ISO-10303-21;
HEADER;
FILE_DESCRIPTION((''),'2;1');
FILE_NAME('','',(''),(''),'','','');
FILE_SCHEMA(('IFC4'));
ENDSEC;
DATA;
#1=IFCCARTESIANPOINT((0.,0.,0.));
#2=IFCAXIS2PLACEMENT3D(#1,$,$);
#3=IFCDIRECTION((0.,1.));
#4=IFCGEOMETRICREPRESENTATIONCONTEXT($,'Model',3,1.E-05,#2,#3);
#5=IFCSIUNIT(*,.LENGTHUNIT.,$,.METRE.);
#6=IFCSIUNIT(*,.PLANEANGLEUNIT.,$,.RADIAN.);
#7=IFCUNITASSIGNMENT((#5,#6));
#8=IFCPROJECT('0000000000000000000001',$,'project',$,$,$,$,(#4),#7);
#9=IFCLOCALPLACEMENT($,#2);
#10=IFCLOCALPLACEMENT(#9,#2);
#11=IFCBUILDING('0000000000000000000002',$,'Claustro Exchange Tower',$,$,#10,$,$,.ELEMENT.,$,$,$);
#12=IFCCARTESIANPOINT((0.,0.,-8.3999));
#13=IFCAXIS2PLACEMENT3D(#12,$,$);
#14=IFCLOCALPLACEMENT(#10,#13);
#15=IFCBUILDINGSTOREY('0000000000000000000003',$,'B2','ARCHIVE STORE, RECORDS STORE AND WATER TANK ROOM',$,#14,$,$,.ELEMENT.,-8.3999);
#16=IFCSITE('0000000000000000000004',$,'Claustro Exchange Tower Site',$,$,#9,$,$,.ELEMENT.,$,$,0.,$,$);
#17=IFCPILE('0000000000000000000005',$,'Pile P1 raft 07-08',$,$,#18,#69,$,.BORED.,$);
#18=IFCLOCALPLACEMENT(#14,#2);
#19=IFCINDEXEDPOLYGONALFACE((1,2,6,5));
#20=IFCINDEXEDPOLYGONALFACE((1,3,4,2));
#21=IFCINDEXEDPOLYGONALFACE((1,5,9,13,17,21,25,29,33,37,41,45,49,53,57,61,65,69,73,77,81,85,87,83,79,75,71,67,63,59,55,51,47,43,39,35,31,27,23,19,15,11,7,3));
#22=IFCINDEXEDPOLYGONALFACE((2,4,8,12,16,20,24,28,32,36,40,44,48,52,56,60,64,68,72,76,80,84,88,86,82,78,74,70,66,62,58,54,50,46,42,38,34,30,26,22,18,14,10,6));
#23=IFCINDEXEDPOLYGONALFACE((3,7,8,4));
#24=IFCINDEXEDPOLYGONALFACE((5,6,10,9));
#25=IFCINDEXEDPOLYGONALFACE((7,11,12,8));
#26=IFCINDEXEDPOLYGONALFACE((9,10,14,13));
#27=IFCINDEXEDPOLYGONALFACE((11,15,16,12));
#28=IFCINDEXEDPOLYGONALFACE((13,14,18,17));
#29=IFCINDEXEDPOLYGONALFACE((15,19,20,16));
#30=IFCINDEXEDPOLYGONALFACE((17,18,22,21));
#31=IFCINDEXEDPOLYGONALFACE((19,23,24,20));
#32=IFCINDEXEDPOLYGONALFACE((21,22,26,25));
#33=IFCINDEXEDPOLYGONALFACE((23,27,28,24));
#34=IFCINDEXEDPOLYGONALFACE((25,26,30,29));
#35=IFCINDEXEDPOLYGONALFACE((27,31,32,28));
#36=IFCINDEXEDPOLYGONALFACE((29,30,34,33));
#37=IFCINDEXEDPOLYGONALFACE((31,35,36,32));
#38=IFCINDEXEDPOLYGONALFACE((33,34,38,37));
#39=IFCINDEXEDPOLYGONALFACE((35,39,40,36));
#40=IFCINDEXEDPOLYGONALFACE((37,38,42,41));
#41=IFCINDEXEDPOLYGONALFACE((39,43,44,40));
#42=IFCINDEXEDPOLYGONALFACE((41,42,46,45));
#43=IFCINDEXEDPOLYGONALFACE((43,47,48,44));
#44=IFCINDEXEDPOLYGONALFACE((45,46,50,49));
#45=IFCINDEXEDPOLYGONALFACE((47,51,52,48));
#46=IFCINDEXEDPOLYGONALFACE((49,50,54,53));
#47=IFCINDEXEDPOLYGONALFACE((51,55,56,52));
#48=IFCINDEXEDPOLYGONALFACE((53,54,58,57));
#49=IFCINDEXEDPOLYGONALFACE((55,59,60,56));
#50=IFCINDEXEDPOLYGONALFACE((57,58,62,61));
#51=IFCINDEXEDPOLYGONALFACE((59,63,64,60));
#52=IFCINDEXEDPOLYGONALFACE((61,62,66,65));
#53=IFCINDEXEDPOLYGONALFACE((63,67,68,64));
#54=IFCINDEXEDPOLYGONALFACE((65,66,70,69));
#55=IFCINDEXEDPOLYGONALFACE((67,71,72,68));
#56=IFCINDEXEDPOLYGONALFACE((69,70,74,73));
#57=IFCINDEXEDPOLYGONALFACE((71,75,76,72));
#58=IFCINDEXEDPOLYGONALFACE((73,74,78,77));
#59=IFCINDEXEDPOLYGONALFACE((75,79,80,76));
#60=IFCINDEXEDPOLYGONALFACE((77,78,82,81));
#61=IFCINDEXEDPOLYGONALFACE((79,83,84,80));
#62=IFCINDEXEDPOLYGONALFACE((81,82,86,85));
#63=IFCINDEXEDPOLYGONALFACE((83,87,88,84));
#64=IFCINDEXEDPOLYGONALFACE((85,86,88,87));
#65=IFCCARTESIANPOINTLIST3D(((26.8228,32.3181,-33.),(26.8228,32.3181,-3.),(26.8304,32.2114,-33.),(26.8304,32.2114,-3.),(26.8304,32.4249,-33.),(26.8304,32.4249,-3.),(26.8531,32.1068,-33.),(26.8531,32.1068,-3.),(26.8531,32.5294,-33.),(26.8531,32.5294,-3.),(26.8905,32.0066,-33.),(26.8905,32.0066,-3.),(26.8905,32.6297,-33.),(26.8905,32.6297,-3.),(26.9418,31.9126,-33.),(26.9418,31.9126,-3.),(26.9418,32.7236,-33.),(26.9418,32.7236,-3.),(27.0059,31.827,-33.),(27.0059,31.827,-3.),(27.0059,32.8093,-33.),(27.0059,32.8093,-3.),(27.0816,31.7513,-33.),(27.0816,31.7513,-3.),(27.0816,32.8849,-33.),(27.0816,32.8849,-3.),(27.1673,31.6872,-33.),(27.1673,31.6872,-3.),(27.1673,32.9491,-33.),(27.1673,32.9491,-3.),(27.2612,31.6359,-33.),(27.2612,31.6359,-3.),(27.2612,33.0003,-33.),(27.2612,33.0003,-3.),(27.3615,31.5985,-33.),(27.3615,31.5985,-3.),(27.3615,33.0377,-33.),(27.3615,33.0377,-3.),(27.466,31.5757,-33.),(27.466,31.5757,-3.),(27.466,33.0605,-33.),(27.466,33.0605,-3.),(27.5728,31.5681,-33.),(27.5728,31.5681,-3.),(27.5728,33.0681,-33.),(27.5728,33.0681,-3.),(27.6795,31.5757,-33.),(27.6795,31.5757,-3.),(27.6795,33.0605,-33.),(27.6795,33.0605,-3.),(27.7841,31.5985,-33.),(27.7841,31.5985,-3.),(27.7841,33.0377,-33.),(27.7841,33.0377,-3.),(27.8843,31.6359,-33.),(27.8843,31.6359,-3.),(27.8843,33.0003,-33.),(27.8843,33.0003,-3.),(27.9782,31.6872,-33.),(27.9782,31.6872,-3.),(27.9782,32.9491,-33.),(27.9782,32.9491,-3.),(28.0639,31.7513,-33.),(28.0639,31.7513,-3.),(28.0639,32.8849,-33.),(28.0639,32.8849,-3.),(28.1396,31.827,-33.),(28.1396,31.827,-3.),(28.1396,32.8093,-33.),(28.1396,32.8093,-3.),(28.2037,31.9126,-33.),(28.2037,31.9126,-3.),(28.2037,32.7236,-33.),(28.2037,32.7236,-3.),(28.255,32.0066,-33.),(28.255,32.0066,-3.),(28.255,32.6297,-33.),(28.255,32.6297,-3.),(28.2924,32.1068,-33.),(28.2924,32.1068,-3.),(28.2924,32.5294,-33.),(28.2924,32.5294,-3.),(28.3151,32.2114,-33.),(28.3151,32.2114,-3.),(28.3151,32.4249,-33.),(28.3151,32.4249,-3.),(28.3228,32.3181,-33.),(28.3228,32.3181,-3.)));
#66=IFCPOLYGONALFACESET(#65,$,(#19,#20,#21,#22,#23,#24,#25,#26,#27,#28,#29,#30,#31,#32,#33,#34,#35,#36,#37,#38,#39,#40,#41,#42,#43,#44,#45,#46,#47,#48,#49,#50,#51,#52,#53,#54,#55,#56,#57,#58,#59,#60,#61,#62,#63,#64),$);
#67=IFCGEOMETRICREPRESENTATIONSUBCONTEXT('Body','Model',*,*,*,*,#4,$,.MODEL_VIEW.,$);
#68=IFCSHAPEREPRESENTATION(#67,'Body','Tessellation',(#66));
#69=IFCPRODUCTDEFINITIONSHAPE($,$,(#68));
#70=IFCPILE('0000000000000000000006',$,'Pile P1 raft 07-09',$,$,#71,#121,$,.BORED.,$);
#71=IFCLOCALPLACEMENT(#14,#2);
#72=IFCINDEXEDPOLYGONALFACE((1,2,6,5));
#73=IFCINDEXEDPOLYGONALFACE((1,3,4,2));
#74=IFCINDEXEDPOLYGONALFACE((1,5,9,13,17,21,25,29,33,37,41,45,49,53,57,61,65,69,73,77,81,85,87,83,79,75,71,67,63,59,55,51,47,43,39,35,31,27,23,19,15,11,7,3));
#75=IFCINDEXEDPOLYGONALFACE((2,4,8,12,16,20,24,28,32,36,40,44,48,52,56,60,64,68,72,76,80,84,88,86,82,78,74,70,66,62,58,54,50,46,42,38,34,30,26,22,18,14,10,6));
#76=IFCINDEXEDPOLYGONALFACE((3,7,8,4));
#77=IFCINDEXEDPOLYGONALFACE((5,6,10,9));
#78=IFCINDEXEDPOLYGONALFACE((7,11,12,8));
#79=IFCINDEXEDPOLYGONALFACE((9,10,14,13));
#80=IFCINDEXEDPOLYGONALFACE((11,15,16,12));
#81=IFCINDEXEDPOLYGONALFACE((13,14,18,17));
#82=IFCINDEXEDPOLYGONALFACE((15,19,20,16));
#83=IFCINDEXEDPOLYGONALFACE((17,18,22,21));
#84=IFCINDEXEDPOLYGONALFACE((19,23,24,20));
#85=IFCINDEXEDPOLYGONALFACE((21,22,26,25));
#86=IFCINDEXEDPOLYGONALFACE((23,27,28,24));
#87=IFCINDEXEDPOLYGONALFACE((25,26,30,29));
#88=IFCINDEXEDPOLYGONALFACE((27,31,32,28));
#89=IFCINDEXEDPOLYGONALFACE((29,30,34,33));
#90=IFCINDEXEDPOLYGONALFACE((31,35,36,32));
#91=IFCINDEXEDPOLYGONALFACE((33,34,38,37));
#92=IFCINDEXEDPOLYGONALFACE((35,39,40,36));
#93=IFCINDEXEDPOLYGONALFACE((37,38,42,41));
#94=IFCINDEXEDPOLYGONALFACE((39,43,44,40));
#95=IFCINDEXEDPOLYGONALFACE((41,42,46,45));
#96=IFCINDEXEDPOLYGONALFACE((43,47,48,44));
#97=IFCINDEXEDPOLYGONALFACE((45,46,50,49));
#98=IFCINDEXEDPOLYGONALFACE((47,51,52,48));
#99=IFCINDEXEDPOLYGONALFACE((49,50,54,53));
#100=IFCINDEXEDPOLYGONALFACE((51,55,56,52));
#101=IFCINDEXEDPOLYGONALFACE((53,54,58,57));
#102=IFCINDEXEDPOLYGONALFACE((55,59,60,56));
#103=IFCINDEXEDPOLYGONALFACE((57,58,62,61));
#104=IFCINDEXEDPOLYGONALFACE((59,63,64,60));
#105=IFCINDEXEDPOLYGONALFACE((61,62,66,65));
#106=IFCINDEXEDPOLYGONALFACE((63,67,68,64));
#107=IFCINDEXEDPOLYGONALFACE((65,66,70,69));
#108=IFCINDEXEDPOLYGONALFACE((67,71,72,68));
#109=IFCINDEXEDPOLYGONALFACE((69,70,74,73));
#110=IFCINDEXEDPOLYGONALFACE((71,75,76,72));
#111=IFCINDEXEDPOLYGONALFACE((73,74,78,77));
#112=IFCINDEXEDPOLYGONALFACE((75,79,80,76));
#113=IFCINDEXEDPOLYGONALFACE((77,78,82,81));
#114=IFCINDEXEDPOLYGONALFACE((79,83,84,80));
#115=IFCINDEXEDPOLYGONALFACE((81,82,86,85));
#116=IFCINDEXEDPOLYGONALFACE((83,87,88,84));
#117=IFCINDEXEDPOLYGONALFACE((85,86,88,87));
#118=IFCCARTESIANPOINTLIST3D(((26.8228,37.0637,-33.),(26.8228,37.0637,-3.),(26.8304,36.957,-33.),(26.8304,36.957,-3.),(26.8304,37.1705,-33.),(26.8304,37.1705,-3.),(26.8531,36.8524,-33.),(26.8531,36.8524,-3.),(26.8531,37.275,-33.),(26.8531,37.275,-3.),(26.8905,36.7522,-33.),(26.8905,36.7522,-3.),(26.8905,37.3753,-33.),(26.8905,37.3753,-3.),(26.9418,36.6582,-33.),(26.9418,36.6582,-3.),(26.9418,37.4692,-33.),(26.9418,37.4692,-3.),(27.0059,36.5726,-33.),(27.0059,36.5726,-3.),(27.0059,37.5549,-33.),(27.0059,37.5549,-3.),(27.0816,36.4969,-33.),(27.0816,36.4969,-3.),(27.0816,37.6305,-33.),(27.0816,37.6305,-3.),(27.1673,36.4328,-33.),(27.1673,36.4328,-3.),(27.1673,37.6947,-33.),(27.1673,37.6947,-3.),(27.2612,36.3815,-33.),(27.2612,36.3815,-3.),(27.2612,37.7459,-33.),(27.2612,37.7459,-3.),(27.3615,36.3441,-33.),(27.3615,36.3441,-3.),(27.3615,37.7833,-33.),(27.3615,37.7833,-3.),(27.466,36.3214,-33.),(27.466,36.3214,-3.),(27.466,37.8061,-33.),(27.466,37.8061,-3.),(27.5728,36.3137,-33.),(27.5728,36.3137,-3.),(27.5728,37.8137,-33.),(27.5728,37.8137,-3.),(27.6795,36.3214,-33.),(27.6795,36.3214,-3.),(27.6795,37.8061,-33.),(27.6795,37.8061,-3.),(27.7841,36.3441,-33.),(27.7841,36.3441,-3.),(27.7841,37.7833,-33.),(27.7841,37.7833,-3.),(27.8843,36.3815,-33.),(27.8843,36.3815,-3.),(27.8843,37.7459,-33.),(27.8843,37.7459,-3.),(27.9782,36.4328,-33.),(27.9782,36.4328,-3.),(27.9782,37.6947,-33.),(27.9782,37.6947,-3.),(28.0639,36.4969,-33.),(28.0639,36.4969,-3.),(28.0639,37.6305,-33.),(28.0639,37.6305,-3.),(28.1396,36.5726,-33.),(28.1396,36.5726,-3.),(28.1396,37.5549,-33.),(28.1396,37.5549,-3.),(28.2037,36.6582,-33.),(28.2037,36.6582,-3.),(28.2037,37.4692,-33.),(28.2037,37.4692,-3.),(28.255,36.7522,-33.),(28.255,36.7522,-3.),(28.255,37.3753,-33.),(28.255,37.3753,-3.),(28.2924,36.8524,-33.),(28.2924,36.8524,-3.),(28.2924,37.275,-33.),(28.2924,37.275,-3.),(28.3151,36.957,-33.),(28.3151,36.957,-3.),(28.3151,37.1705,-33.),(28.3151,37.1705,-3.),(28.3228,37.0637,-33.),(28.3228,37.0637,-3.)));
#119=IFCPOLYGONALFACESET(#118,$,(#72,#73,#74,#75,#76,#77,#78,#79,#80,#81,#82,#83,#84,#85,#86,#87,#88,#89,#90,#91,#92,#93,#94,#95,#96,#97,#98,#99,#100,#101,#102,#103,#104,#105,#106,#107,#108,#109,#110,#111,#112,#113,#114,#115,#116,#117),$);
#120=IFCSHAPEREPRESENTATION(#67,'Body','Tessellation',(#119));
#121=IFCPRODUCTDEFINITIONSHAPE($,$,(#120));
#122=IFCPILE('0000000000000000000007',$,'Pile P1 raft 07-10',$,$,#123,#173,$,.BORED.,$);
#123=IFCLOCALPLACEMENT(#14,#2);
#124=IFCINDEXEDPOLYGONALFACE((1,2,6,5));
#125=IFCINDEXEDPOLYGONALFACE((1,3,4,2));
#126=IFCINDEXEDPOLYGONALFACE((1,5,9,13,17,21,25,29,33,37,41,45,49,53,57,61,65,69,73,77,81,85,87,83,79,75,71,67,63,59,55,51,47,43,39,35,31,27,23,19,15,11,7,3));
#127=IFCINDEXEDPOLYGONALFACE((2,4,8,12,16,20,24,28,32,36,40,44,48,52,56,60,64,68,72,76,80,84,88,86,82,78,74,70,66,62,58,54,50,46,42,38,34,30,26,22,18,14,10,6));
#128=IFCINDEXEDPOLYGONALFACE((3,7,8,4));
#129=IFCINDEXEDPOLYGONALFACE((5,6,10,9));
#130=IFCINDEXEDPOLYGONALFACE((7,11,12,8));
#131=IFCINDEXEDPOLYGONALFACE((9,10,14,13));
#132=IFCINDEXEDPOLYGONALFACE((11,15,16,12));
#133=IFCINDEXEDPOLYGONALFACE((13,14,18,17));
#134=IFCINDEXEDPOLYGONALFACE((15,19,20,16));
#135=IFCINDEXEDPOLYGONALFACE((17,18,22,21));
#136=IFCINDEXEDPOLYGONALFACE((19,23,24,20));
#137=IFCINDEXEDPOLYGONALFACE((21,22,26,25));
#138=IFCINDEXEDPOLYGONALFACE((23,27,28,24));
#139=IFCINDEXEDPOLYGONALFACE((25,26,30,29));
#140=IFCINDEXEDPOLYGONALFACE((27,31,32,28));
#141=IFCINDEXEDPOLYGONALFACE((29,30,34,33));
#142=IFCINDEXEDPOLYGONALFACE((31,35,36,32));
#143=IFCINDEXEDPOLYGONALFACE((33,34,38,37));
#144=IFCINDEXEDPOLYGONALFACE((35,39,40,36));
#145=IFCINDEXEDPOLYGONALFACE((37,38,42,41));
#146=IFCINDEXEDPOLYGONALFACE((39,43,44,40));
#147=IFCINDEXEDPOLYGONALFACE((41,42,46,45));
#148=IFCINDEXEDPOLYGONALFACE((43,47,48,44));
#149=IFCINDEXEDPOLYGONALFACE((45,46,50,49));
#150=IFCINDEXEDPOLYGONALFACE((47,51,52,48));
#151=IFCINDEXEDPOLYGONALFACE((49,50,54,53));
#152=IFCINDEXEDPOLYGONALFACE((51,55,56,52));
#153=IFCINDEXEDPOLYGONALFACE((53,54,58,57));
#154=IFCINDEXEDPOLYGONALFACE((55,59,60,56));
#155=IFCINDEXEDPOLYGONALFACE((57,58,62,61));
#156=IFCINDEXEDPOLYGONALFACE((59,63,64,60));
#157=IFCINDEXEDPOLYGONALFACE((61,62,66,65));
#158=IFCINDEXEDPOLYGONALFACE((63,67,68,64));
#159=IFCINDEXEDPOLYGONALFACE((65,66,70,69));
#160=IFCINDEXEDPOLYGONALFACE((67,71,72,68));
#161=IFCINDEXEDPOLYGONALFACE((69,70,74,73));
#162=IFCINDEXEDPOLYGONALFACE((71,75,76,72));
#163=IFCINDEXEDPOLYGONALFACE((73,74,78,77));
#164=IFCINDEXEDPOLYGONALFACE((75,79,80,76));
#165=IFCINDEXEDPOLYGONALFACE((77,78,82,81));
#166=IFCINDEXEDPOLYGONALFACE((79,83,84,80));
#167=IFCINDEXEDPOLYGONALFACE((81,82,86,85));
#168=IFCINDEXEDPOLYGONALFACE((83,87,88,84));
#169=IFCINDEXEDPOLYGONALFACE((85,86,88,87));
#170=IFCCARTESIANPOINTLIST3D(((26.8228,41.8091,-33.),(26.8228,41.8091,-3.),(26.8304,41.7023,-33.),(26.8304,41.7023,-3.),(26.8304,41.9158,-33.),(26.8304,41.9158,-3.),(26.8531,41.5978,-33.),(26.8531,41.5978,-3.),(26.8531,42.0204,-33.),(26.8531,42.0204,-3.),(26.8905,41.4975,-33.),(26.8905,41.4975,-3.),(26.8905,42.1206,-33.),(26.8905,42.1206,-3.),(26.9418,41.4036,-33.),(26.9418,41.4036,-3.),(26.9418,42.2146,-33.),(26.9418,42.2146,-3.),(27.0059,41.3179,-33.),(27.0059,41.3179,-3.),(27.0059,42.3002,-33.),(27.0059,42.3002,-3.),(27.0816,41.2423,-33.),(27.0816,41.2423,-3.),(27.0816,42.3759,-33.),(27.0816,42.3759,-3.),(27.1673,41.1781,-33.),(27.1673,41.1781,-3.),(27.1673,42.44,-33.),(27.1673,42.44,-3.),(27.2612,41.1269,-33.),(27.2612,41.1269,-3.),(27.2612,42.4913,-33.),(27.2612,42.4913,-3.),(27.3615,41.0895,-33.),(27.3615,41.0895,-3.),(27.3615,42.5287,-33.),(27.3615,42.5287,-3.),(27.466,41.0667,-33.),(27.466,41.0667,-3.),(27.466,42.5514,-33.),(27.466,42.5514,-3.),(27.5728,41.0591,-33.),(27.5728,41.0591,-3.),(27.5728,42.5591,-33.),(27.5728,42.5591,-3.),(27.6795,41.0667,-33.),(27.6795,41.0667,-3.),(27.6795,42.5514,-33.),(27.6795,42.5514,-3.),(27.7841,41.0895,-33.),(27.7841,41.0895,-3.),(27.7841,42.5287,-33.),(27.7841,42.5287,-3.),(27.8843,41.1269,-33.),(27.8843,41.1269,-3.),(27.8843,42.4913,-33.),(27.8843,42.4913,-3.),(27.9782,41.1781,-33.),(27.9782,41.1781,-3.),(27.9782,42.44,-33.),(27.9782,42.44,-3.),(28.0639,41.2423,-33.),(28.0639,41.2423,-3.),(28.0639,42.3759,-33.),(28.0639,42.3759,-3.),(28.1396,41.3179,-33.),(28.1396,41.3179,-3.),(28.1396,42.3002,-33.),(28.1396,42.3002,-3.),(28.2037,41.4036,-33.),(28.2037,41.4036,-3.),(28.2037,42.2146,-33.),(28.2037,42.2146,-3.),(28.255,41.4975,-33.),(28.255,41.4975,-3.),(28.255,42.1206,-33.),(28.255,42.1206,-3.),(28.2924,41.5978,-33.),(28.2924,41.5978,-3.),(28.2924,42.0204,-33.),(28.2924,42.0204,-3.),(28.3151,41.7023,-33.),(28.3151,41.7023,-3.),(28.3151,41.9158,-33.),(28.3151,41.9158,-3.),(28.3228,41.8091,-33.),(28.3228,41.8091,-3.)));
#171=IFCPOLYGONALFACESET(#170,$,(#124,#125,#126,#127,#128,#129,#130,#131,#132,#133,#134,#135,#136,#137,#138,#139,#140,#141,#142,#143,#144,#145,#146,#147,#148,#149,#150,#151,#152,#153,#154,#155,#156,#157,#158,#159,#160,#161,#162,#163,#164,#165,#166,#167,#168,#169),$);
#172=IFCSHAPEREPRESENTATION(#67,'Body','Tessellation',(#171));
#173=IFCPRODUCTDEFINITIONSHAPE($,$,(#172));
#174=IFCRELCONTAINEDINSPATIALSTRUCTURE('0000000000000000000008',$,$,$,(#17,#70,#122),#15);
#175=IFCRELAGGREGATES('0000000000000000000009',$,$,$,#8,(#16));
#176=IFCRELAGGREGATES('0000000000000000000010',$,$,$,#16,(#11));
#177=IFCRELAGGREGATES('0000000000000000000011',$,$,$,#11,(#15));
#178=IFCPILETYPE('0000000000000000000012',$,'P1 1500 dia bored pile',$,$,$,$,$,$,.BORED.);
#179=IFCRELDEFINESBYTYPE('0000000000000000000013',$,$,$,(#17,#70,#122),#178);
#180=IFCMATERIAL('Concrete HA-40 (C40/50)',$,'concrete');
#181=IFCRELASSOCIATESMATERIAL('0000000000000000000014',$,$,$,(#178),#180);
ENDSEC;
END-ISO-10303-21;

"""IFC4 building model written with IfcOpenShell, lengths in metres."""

from ifc_helpers import new_model, si_unit, direction, frame, origin, origin_2d, place, context, subcontext, project, spatial, circle, extrude, material, type_object, element, save


model = new_model("IFC4")

# Units and contexts
model_context = context("Model", 3, precision=1e-05, world=origin(), true_north=direction((0.0, 1.0)))
body_context = subcontext(model_context, "Body", "Model", "MODEL_VIEW")
ifc_project = project(units=[si_unit("LENGTHUNIT", "METRE"), si_unit("PLANEANGLEUNIT", "RADIAN")], contexts=[model_context])

# Site, building, storey
site_placement = place(None, origin())
site = spatial("IfcSite", under=ifc_project, at=site_placement, Name="Claustro Exchange Tower Site", CompositionType="ELEMENT", RefElevation=0.0)
building_placement = place(site_placement, origin())
building = spatial("IfcBuilding", under=site, at=building_placement, Name="Claustro Exchange Tower", CompositionType="ELEMENT")
storey_placement = place(building_placement, frame((0.0, 0.0, -8.3999)))
storey = spatial("IfcBuildingStorey", under=building, at=storey_placement, Name="B2", Description="ARCHIVE STORE, RECORDS STORE AND WATER TANK ROOM", CompositionType="ELEMENT", Elevation=-8.3999)

# Piles
ifc_material_1 = material(Name="Concrete HA-40 (C40/50)", Category="concrete")
pile_type_1 = type_object("IfcPileType", Name="P1 1500 dia bored pile", PredefinedType="BORED", material=ifc_material_1)
for number, where, z_axis, x_axis, name in (
    (1, (27.5728, 32.3181, -3.0), (0.0, 0.0, -1.0), (1.0, 0.0, 0.0), "Pile P1 raft 07-08"),
    (2, (27.5728, 37.0637, -3.0), (0.0, 0.0, -1.0), (1.0, 0.0, 0.0), "Pile P1 raft 07-09"),
    (3, (27.5728, 41.8091, -3.0), (0.0, 0.0, -1.0), (1.0, 0.0, 0.0), "Pile P1 raft 07-10"),
):
    element("IfcPile", number, at=place(storey_placement, frame(where, z_axis=z_axis, x_axis=x_axis)), inside=storey, type_object=pile_type_1, Name=name, PredefinedType="BORED", context=body_context, shape_type="SweptSolid", body=[
        extrude(circle(Radius=0.75, at=origin_2d()), origin(), (0.0, 0.0, 1.0), 30.0),
    ])

save(model, "model.ifc")
